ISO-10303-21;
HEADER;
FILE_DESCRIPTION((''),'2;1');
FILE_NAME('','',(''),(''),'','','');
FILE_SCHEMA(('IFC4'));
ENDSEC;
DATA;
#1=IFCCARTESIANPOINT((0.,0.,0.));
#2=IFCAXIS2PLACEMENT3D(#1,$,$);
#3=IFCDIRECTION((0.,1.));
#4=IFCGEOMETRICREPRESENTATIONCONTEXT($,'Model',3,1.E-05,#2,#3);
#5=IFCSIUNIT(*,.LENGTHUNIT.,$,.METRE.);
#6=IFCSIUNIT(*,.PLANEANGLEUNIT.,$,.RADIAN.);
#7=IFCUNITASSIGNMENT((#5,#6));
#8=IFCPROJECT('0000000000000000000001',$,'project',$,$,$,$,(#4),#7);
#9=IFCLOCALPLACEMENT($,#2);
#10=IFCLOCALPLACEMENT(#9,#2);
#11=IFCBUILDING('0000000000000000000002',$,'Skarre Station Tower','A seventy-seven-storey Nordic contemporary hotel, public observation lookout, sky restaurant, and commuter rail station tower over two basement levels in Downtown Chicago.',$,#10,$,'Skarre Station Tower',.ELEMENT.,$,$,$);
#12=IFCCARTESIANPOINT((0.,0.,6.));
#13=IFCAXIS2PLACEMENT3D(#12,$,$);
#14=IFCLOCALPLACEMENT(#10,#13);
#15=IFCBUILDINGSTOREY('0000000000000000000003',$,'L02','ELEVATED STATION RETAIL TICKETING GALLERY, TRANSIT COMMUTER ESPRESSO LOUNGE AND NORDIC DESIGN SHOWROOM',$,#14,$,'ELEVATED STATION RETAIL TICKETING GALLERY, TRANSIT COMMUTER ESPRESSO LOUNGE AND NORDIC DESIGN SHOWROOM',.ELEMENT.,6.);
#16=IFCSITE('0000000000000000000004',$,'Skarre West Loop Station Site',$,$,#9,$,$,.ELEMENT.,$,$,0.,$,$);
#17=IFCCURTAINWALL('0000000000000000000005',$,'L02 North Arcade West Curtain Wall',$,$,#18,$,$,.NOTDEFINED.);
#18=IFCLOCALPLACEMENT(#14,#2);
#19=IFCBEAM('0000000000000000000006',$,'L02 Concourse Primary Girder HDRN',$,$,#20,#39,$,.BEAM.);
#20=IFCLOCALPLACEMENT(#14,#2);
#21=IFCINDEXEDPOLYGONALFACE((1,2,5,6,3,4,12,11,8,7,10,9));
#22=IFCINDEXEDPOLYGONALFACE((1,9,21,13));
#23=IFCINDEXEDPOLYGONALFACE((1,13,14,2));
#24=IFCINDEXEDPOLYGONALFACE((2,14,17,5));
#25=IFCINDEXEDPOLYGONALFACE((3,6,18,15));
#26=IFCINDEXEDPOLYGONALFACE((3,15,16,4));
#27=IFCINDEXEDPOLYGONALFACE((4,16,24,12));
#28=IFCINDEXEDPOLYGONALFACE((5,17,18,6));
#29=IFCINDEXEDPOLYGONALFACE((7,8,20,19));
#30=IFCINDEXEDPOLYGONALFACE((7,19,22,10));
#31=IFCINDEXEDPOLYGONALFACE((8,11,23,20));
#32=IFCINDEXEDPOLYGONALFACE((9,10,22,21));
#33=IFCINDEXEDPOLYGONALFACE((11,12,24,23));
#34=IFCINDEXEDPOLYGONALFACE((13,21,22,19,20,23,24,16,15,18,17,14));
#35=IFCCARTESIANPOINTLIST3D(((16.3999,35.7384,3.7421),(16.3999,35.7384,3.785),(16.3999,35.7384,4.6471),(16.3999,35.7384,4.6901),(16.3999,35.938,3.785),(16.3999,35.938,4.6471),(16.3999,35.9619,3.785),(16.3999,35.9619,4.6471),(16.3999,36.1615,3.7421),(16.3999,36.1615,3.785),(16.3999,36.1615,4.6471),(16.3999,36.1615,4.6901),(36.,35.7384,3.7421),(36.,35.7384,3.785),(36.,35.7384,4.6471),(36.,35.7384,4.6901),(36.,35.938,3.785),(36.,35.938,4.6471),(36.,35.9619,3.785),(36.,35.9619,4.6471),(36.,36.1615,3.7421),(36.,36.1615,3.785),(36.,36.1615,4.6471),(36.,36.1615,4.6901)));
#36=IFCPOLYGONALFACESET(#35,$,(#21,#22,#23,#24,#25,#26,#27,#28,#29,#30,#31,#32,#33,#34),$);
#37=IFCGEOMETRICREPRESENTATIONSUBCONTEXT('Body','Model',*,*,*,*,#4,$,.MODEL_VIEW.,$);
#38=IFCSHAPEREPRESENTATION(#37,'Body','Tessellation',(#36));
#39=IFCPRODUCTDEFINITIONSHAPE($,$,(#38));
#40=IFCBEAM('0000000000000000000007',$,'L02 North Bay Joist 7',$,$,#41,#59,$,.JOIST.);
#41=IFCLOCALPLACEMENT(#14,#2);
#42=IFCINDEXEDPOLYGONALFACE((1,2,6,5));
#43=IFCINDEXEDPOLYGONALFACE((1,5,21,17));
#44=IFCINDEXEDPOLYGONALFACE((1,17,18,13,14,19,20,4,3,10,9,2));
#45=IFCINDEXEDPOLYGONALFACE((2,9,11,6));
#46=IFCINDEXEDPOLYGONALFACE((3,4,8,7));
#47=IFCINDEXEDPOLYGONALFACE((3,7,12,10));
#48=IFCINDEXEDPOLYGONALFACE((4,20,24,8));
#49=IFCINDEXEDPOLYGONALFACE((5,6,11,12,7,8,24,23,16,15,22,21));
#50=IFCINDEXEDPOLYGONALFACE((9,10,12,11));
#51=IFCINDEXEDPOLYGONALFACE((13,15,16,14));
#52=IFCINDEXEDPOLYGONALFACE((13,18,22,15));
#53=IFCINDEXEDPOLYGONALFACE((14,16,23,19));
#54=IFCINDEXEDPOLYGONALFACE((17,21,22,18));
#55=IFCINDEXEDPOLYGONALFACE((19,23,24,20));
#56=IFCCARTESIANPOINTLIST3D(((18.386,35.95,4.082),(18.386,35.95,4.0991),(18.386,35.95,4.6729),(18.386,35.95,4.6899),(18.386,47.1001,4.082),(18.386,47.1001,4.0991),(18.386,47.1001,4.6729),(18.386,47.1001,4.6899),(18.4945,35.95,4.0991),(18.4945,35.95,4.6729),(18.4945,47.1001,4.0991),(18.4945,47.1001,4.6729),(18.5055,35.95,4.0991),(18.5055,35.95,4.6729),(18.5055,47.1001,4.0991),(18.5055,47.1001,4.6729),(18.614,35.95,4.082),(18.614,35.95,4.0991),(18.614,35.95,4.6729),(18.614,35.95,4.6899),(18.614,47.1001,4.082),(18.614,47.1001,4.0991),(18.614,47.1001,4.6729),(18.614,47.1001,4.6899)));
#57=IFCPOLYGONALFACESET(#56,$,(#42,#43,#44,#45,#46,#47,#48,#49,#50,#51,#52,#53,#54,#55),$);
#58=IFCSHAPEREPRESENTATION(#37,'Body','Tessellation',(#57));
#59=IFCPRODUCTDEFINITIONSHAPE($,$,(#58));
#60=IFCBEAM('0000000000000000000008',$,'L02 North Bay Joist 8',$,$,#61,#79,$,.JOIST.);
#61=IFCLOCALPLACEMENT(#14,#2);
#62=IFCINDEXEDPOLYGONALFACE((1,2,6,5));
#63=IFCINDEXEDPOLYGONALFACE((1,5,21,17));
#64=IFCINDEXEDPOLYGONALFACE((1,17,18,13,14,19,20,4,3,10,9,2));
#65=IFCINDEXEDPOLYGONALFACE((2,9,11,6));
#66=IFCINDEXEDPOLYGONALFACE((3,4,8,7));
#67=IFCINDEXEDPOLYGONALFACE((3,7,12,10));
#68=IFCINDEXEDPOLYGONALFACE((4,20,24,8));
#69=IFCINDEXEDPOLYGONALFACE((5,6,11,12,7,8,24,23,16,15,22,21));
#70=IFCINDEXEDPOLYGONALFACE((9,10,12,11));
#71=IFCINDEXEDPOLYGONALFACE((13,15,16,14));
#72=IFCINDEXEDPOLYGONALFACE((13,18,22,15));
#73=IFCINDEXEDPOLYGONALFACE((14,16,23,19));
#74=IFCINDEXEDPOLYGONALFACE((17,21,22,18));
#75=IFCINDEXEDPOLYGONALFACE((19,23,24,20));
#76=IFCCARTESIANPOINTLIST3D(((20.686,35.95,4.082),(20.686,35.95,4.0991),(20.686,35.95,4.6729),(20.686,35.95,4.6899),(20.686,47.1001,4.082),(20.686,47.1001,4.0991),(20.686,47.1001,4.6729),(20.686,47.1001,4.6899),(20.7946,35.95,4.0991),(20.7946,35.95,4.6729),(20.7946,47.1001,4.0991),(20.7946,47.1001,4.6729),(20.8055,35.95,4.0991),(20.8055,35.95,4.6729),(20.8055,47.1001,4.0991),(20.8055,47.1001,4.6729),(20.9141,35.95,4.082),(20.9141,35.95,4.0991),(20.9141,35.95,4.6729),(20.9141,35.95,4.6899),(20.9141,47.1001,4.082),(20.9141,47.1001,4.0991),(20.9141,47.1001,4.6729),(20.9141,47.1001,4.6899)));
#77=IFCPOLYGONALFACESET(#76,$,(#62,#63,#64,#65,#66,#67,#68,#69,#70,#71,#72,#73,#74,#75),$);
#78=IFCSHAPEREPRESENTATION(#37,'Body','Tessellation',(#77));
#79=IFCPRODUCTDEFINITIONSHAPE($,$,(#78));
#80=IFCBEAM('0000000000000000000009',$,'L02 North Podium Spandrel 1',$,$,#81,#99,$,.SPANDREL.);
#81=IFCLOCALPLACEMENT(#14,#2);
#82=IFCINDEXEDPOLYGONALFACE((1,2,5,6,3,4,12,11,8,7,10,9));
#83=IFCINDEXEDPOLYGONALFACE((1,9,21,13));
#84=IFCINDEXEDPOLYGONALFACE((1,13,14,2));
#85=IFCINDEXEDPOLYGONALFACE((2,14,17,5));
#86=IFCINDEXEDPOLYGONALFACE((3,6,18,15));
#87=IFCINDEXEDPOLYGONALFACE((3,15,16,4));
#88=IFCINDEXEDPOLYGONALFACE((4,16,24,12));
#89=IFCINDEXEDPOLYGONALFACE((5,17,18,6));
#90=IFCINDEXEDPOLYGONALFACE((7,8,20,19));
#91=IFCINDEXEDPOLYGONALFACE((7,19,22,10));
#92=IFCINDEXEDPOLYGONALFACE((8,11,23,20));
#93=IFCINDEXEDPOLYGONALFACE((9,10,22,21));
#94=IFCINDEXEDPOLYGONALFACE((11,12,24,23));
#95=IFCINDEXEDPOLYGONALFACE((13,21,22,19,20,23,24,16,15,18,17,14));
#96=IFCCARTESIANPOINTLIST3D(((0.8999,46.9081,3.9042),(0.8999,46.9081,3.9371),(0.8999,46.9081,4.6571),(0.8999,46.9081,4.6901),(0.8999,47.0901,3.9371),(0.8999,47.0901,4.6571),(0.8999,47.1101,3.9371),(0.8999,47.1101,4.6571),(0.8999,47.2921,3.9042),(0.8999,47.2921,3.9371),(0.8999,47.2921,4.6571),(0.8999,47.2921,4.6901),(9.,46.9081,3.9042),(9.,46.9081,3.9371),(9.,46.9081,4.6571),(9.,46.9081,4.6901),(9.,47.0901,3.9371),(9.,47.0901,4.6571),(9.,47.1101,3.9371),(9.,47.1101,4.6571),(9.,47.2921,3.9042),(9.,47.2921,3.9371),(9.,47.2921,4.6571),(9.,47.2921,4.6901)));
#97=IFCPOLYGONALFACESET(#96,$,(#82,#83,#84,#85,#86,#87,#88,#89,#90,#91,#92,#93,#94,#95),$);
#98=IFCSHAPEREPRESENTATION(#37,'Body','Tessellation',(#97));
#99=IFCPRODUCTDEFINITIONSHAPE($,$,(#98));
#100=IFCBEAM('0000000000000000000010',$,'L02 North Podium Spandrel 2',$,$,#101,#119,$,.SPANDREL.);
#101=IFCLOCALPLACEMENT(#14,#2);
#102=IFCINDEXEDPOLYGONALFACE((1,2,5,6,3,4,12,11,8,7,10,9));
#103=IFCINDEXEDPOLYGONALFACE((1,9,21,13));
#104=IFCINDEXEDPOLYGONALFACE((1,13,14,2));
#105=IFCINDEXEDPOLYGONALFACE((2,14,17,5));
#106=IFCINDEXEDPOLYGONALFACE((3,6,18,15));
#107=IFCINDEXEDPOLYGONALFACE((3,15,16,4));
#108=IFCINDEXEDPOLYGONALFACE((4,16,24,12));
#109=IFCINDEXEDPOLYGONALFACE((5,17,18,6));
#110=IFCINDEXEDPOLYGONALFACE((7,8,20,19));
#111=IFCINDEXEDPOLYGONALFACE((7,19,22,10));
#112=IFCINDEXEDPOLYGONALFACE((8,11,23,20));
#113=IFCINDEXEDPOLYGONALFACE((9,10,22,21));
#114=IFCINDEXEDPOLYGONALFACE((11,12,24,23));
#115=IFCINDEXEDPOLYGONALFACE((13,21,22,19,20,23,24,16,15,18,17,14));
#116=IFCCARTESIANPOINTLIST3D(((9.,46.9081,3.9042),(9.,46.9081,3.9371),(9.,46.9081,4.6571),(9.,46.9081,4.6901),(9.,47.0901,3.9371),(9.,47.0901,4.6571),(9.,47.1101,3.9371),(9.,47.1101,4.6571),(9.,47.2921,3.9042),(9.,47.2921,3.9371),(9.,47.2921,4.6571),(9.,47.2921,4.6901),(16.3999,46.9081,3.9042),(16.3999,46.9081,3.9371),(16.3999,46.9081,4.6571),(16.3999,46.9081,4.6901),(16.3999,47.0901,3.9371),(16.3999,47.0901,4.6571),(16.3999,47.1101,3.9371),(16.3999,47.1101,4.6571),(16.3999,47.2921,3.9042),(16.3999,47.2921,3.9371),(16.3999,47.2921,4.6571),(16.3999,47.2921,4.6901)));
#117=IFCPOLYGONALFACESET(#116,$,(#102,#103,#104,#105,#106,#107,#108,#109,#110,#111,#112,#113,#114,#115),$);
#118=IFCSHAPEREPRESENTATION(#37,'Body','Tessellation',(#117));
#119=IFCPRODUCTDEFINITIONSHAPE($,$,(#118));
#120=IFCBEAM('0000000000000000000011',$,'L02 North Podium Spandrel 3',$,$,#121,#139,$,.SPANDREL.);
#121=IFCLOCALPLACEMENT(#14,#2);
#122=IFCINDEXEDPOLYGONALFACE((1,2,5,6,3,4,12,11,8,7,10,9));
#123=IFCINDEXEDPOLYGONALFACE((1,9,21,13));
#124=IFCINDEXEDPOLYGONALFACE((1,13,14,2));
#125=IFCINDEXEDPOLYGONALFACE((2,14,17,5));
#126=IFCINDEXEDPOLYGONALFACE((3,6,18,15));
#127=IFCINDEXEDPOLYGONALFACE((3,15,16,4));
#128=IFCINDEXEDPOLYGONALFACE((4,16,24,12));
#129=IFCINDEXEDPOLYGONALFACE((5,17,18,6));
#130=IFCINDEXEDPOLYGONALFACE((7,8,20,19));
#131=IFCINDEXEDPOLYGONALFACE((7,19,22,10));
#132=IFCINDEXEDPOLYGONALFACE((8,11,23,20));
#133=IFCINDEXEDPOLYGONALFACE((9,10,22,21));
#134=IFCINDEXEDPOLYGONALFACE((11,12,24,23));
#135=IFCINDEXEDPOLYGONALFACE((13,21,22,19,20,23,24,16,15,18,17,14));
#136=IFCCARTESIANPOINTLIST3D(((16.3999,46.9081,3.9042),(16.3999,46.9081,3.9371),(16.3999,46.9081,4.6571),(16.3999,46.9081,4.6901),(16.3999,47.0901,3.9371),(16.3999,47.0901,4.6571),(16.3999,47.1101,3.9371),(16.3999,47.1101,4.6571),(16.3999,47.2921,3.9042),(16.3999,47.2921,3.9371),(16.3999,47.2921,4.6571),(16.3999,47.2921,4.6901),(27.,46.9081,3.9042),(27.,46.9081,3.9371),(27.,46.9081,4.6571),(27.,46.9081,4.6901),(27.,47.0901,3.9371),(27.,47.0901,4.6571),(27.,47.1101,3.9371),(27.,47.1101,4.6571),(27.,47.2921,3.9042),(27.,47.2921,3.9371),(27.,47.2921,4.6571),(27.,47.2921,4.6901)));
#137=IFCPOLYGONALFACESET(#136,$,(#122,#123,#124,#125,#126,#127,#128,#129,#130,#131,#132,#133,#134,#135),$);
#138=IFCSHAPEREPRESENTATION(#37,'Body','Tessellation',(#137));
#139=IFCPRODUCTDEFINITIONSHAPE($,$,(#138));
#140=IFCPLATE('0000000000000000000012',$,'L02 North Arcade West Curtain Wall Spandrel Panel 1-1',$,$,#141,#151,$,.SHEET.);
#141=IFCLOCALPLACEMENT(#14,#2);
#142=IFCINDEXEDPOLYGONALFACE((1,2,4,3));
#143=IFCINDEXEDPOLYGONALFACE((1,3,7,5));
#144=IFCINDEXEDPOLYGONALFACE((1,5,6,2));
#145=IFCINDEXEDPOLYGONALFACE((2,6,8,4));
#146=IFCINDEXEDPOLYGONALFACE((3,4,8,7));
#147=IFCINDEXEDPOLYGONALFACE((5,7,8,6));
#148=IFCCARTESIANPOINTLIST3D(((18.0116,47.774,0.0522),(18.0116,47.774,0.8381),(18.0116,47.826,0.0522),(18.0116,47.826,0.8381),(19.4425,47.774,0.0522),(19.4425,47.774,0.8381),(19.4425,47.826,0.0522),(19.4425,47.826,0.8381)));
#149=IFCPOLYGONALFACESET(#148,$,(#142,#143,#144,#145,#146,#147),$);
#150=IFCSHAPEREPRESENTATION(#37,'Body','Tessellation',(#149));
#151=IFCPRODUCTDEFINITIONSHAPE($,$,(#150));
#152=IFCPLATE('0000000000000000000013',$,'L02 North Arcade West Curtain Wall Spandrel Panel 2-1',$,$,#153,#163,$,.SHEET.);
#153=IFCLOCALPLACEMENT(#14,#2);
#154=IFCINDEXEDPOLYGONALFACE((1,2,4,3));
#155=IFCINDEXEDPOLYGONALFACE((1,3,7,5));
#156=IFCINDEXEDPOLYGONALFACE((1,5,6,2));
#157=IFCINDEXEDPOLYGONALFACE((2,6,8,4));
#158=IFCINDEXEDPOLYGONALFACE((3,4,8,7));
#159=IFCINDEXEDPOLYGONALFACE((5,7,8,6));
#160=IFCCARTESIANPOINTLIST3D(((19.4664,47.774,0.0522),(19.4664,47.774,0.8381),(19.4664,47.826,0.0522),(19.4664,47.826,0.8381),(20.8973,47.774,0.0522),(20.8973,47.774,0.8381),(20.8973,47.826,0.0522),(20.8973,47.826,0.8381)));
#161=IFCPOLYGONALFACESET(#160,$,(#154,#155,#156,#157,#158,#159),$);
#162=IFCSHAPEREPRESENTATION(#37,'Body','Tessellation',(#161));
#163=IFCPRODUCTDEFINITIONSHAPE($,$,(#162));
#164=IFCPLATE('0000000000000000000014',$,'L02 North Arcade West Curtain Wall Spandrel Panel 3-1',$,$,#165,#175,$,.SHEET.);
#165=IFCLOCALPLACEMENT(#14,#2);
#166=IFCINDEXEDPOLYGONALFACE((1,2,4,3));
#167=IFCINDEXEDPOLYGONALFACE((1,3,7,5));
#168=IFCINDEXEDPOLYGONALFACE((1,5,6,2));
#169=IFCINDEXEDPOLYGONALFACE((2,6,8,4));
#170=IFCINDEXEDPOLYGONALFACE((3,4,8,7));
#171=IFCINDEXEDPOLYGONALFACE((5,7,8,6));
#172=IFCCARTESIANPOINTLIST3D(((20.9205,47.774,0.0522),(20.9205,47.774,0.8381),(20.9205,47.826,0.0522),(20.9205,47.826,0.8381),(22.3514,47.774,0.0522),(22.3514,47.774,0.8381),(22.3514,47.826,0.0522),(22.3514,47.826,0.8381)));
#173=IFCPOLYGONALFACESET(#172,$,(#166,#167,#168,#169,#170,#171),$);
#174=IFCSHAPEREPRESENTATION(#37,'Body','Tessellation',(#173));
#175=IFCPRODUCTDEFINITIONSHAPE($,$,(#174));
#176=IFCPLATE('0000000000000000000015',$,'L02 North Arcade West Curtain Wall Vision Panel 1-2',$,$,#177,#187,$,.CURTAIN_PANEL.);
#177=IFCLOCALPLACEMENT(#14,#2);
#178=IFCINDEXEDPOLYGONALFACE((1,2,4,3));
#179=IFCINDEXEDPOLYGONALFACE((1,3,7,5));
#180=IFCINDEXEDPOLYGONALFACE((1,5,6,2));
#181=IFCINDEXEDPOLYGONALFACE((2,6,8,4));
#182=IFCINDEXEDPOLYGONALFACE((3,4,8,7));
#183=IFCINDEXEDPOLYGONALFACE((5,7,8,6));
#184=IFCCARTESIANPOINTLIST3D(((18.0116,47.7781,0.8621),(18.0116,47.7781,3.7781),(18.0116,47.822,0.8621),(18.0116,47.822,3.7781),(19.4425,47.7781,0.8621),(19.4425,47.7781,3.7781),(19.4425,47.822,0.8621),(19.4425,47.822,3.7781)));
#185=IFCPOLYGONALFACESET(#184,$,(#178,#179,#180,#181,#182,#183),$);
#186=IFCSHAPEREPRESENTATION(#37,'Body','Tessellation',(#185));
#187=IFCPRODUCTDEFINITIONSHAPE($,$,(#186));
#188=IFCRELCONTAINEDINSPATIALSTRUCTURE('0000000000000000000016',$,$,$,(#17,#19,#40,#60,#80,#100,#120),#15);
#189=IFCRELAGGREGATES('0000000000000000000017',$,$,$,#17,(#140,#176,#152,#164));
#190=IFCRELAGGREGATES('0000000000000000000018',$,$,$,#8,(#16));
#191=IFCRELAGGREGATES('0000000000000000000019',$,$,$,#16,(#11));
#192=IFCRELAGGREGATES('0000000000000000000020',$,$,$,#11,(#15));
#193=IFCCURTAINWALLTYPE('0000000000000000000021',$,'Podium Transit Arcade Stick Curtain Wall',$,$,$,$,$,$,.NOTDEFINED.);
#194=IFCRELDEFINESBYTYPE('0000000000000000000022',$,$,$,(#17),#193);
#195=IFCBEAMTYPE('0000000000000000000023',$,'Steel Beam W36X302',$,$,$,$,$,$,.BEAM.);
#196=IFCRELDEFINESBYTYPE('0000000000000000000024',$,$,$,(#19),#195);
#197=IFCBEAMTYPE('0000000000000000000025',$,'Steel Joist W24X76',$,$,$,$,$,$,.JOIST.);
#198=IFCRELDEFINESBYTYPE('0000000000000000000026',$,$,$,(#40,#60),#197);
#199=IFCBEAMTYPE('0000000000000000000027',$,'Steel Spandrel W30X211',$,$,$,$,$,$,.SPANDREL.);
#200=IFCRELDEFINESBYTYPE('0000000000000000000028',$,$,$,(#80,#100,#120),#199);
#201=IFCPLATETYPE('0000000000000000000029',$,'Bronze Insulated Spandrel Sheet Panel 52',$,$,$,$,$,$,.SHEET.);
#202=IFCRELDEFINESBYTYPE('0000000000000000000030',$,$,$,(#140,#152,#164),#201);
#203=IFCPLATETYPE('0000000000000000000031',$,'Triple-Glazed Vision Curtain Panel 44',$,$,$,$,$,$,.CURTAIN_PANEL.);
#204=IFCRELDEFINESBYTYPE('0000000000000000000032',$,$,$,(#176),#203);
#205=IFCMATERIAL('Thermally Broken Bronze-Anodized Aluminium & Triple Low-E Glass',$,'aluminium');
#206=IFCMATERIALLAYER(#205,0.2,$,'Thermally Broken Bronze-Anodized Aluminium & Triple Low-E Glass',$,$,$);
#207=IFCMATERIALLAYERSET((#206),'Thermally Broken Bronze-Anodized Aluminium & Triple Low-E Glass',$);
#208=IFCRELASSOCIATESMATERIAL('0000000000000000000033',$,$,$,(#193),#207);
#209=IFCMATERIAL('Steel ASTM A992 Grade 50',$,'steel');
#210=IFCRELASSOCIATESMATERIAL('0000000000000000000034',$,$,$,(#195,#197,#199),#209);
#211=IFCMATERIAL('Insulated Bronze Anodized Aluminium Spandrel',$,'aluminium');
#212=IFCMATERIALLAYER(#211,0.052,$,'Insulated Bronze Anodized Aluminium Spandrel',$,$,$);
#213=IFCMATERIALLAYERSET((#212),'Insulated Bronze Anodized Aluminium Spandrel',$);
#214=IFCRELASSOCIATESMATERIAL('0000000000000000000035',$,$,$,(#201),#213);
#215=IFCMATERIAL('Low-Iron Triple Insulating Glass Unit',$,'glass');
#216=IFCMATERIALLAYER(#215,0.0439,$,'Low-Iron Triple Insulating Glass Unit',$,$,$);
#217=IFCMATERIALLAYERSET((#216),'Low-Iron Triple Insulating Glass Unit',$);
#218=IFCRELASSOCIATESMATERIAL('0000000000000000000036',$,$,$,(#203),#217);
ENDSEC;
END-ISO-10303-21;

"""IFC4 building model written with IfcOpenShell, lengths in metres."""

from ifc_helpers import new_model, si_unit, direction, frame, origin, origin_2d, place, context, subcontext, project, spatial, rectangle, i_section, extrude, material, layer, layer_set, material_profile, profile_set, type_object, element, aggregate, save


model = new_model("IFC4")

# Units and contexts
model_context = context("Model", 3, precision=1e-05, world=origin(), true_north=direction((0.0, 1.0)))
body_context = subcontext(model_context, "Body", "Model", "MODEL_VIEW")
ifc_project = project(units=[si_unit("LENGTHUNIT", "METRE"), si_unit("PLANEANGLEUNIT", "RADIAN")], contexts=[model_context])

# Site, building, storey
site_placement = place(None, origin())
site = spatial("IfcSite", under=ifc_project, at=site_placement, Name="Skarre West Loop Station Site", CompositionType="ELEMENT", RefElevation=0.0)
building_placement = place(site_placement, origin())
building = spatial("IfcBuilding", under=site, at=building_placement, Name="Skarre Station Tower", Description="A seventy-seven-storey Nordic contemporary hotel, public observation lookout, sky restaurant, and commuter rail station tower over two basement levels in Downtown Chicago.", LongName="Skarre Station Tower", CompositionType="ELEMENT")
storey_placement = place(building_placement, frame((0.0, 0.0, 6.0)))
storey = spatial("IfcBuildingStorey", under=building, at=storey_placement, Name="L02", Description="ELEVATED STATION RETAIL TICKETING GALLERY, TRANSIT COMMUTER ESPRESSO LOUNGE AND NORDIC DESIGN SHOWROOM", LongName="ELEVATED STATION RETAIL TICKETING GALLERY, TRANSIT COMMUTER ESPRESSO LOUNGE AND NORDIC DESIGN SHOWROOM", CompositionType="ELEMENT", Elevation=6.0)

# Curtain wall
ifc_material_1 = material(Name="Thermally Broken Bronze-Anodized Aluminium & Triple Low-E Glass", Category="aluminium")
ifc_layer_1 = layer(ifc_material_1, 0.2, Name="Thermally Broken Bronze-Anodized Aluminium & Triple Low-E Glass")
ifc_layer_set_1 = layer_set([ifc_layer_1], Name="Thermally Broken Bronze-Anodized Aluminium & Triple Low-E Glass")
curtain_wall_type = type_object("IfcCurtainWallType", Name="Podium Transit Arcade Stick Curtain Wall", PredefinedType="NOTDEFINED", material=ifc_layer_set_1)
curtain_wall_placement = place(storey_placement, origin())
curtain_wall = element("IfcCurtainWall", 1, at=curtain_wall_placement, inside=storey, type_object=curtain_wall_type, Name="L02 North Arcade West Curtain Wall", PredefinedType="NOTDEFINED")

# Beams
ifc_material_2 = material(Name="Steel ASTM A992 Grade 50", Category="steel")
ifc_material_profile_1 = material_profile(ifc_material_2, i_section(OverallWidth=0.4231, OverallDepth=0.948, WebThickness=0.0239, FlangeThickness=0.043, at=origin_2d()), Name="Steel ASTM A992 Grade 50")
ifc_profile_set_1 = profile_set([ifc_material_profile_1], Name="Steel ASTM A992 Grade 50")
beam_type_1 = type_object("IfcBeamType", Name="Steel Beam W36X302", PredefinedType="BEAM", material=ifc_profile_set_1)
beam_1_placement = place(storey_placement, frame((16.3999, 35.95, 4.2161), z_axis=(1.0, 0.0, 0.0), x_axis=(0.0, 1.0, 0.0)))
element("IfcBeam", 2, at=beam_1_placement, inside=storey, type_object=beam_type_1, Name="L02 Concourse Primary Girder HDRN", PredefinedType="BEAM", context=body_context, shape_type="SweptSolid", body=[
    extrude(i_section(OverallWidth=0.4231, OverallDepth=0.948, WebThickness=0.0239, FlangeThickness=0.043, at=origin_2d()), origin(), (0.0, 0.0, 1.0), 19.6001),
])
ifc_material_profile_2 = material_profile(ifc_material_2, i_section(OverallWidth=0.228, OverallDepth=0.6079, WebThickness=0.011, FlangeThickness=0.0171, at=origin_2d()), Name="Steel ASTM A992 Grade 50")
ifc_profile_set_2 = profile_set([ifc_material_profile_2], Name="Steel ASTM A992 Grade 50")
beam_type_2 = type_object("IfcBeamType", Name="Steel Joist W24X76", PredefinedType="JOIST", material=ifc_profile_set_2)
for number, where, z_axis, x_axis, name in (
    (3, (18.5, 35.95, 4.386), (0.0, 1.0, 0.0), (-1.0, 0.0, 0.0), "L02 North Bay Joist 7"),
    (4, (20.8, 35.95, 4.386), (0.0, 1.0, 0.0), (-1.0, 0.0, 0.0), "L02 North Bay Joist 8"),
):
    element("IfcBeam", number, at=place(storey_placement, frame(where, z_axis=z_axis, x_axis=x_axis)), inside=storey, type_object=beam_type_2, Name=name, PredefinedType="JOIST", context=body_context, shape_type="SweptSolid", body=[
        extrude(i_section(OverallWidth=0.228, OverallDepth=0.6079, WebThickness=0.011, FlangeThickness=0.0171, at=origin_2d()), origin(), (0.0, 0.0, 1.0), 11.1501),
    ])
ifc_material_profile_3 = material_profile(ifc_material_2, i_section(OverallWidth=0.384, OverallDepth=0.7859, WebThickness=0.02, FlangeThickness=0.033, at=origin_2d()), Name="Steel ASTM A992 Grade 50")
ifc_profile_set_3 = profile_set([ifc_material_profile_3], Name="Steel ASTM A992 Grade 50")
beam_type_3 = type_object("IfcBeamType", Name="Steel Spandrel W30X211", PredefinedType="SPANDREL", material=ifc_profile_set_3)
beam_2_placement = place(storey_placement, frame((0.8999, 47.1001, 4.2971), z_axis=(1.0, 0.0, 0.0), x_axis=(0.0, 1.0, 0.0)))
element("IfcBeam", 5, at=beam_2_placement, inside=storey, type_object=beam_type_3, Name="L02 North Podium Spandrel 1", PredefinedType="SPANDREL", context=body_context, shape_type="SweptSolid", body=[
    extrude(i_section(OverallWidth=0.384, OverallDepth=0.7859, WebThickness=0.02, FlangeThickness=0.033, at=origin_2d()), origin(), (0.0, 0.0, 1.0), 8.1001),
])
beam_3_placement = place(storey_placement, frame((9.0, 47.1001, 4.2971), z_axis=(1.0, 0.0, 0.0), x_axis=(0.0, 1.0, 0.0)))
element("IfcBeam", 6, at=beam_3_placement, inside=storey, type_object=beam_type_3, Name="L02 North Podium Spandrel 2", PredefinedType="SPANDREL", context=body_context, shape_type="SweptSolid", body=[
    extrude(i_section(OverallWidth=0.384, OverallDepth=0.7859, WebThickness=0.02, FlangeThickness=0.033, at=origin_2d()), origin(), (0.0, 0.0, 1.0), 7.3999),
])
beam_4_placement = place(storey_placement, frame((16.3999, 47.1001, 4.2971), z_axis=(1.0, 0.0, 0.0), x_axis=(0.0, 1.0, 0.0)))
element("IfcBeam", 7, at=beam_4_placement, inside=storey, type_object=beam_type_3, Name="L02 North Podium Spandrel 3", PredefinedType="SPANDREL", context=body_context, shape_type="SweptSolid", body=[
    extrude(i_section(OverallWidth=0.384, OverallDepth=0.7859, WebThickness=0.02, FlangeThickness=0.033, at=origin_2d()), origin(), (0.0, 0.0, 1.0), 10.6001),
])

# Plates
ifc_material_3 = material(Name="Insulated Bronze Anodized Aluminium Spandrel", Category="aluminium")
ifc_layer_2 = layer(ifc_material_3, 0.052, Name="Insulated Bronze Anodized Aluminium Spandrel")
ifc_layer_set_2 = layer_set([ifc_layer_2], Name="Insulated Bronze Anodized Aluminium Spandrel")
plate_type_1 = type_object("IfcPlateType", Name="Bronze Insulated Spandrel Sheet Panel 52", PredefinedType="SHEET", material=ifc_layer_set_2)
plate_1_placement = place(storey_placement, frame((18.7271, 47.8, 0.0522), z_axis=(0.0, 0.0, 1.0), x_axis=(1.0, 0.0, 0.0)))
plate_1 = element("IfcPlate", 8, at=plate_1_placement, type_object=plate_type_1, Name="L02 North Arcade West Curtain Wall Spandrel Panel 1-1", PredefinedType="SHEET", context=body_context, shape_type="SweptSolid", body=[
    extrude(rectangle(XDim=1.4309, YDim=0.052, at=origin_2d()), origin(), (0.0, 0.0, 1.0), 0.7859),
])
plate_2_placement = place(storey_placement, frame((20.1819, 47.8, 0.0522), z_axis=(0.0, 0.0, 1.0), x_axis=(1.0, 0.0, 0.0)))
plate_2 = element("IfcPlate", 9, at=plate_2_placement, type_object=plate_type_1, Name="L02 North Arcade West Curtain Wall Spandrel Panel 2-1", PredefinedType="SHEET", context=body_context, shape_type="SweptSolid", body=[
    extrude(rectangle(XDim=1.4309, YDim=0.052, at=origin_2d()), origin(), (0.0, 0.0, 1.0), 0.7859),
])
plate_3_placement = place(storey_placement, frame((21.636, 47.8, 0.0522), z_axis=(0.0, 0.0, 1.0), x_axis=(1.0, 0.0, 0.0)))
plate_3 = element("IfcPlate", 10, at=plate_3_placement, type_object=plate_type_1, Name="L02 North Arcade West Curtain Wall Spandrel Panel 3-1", PredefinedType="SHEET", context=body_context, shape_type="SweptSolid", body=[
    extrude(rectangle(XDim=1.4309, YDim=0.052, at=origin_2d()), origin(), (0.0, 0.0, 1.0), 0.7859),
])
ifc_material_4 = material(Name="Low-Iron Triple Insulating Glass Unit", Category="glass")
ifc_layer_3 = layer(ifc_material_4, 0.0439, Name="Low-Iron Triple Insulating Glass Unit")
ifc_layer_set_3 = layer_set([ifc_layer_3], Name="Low-Iron Triple Insulating Glass Unit")
plate_type_2 = type_object("IfcPlateType", Name="Triple-Glazed Vision Curtain Panel 44", PredefinedType="CURTAIN_PANEL", material=ifc_layer_set_3)
plate_4_placement = place(storey_placement, frame((18.7271, 47.8, 0.8621), z_axis=(0.0, 0.0, 1.0), x_axis=(1.0, 0.0, 0.0)))
plate_4 = element("IfcPlate", 11, at=plate_4_placement, type_object=plate_type_2, Name="L02 North Arcade West Curtain Wall Vision Panel 1-2", PredefinedType="CURTAIN_PANEL", context=body_context, shape_type="SweptSolid", body=[
    extrude(rectangle(XDim=1.4309, YDim=0.0439, at=origin_2d()), origin(), (0.0, 0.0, 1.0), 2.916),
])
aggregate(curtain_wall, [plate_1, plate_4, plate_2, plate_3])

save(model, "model.ifc")
